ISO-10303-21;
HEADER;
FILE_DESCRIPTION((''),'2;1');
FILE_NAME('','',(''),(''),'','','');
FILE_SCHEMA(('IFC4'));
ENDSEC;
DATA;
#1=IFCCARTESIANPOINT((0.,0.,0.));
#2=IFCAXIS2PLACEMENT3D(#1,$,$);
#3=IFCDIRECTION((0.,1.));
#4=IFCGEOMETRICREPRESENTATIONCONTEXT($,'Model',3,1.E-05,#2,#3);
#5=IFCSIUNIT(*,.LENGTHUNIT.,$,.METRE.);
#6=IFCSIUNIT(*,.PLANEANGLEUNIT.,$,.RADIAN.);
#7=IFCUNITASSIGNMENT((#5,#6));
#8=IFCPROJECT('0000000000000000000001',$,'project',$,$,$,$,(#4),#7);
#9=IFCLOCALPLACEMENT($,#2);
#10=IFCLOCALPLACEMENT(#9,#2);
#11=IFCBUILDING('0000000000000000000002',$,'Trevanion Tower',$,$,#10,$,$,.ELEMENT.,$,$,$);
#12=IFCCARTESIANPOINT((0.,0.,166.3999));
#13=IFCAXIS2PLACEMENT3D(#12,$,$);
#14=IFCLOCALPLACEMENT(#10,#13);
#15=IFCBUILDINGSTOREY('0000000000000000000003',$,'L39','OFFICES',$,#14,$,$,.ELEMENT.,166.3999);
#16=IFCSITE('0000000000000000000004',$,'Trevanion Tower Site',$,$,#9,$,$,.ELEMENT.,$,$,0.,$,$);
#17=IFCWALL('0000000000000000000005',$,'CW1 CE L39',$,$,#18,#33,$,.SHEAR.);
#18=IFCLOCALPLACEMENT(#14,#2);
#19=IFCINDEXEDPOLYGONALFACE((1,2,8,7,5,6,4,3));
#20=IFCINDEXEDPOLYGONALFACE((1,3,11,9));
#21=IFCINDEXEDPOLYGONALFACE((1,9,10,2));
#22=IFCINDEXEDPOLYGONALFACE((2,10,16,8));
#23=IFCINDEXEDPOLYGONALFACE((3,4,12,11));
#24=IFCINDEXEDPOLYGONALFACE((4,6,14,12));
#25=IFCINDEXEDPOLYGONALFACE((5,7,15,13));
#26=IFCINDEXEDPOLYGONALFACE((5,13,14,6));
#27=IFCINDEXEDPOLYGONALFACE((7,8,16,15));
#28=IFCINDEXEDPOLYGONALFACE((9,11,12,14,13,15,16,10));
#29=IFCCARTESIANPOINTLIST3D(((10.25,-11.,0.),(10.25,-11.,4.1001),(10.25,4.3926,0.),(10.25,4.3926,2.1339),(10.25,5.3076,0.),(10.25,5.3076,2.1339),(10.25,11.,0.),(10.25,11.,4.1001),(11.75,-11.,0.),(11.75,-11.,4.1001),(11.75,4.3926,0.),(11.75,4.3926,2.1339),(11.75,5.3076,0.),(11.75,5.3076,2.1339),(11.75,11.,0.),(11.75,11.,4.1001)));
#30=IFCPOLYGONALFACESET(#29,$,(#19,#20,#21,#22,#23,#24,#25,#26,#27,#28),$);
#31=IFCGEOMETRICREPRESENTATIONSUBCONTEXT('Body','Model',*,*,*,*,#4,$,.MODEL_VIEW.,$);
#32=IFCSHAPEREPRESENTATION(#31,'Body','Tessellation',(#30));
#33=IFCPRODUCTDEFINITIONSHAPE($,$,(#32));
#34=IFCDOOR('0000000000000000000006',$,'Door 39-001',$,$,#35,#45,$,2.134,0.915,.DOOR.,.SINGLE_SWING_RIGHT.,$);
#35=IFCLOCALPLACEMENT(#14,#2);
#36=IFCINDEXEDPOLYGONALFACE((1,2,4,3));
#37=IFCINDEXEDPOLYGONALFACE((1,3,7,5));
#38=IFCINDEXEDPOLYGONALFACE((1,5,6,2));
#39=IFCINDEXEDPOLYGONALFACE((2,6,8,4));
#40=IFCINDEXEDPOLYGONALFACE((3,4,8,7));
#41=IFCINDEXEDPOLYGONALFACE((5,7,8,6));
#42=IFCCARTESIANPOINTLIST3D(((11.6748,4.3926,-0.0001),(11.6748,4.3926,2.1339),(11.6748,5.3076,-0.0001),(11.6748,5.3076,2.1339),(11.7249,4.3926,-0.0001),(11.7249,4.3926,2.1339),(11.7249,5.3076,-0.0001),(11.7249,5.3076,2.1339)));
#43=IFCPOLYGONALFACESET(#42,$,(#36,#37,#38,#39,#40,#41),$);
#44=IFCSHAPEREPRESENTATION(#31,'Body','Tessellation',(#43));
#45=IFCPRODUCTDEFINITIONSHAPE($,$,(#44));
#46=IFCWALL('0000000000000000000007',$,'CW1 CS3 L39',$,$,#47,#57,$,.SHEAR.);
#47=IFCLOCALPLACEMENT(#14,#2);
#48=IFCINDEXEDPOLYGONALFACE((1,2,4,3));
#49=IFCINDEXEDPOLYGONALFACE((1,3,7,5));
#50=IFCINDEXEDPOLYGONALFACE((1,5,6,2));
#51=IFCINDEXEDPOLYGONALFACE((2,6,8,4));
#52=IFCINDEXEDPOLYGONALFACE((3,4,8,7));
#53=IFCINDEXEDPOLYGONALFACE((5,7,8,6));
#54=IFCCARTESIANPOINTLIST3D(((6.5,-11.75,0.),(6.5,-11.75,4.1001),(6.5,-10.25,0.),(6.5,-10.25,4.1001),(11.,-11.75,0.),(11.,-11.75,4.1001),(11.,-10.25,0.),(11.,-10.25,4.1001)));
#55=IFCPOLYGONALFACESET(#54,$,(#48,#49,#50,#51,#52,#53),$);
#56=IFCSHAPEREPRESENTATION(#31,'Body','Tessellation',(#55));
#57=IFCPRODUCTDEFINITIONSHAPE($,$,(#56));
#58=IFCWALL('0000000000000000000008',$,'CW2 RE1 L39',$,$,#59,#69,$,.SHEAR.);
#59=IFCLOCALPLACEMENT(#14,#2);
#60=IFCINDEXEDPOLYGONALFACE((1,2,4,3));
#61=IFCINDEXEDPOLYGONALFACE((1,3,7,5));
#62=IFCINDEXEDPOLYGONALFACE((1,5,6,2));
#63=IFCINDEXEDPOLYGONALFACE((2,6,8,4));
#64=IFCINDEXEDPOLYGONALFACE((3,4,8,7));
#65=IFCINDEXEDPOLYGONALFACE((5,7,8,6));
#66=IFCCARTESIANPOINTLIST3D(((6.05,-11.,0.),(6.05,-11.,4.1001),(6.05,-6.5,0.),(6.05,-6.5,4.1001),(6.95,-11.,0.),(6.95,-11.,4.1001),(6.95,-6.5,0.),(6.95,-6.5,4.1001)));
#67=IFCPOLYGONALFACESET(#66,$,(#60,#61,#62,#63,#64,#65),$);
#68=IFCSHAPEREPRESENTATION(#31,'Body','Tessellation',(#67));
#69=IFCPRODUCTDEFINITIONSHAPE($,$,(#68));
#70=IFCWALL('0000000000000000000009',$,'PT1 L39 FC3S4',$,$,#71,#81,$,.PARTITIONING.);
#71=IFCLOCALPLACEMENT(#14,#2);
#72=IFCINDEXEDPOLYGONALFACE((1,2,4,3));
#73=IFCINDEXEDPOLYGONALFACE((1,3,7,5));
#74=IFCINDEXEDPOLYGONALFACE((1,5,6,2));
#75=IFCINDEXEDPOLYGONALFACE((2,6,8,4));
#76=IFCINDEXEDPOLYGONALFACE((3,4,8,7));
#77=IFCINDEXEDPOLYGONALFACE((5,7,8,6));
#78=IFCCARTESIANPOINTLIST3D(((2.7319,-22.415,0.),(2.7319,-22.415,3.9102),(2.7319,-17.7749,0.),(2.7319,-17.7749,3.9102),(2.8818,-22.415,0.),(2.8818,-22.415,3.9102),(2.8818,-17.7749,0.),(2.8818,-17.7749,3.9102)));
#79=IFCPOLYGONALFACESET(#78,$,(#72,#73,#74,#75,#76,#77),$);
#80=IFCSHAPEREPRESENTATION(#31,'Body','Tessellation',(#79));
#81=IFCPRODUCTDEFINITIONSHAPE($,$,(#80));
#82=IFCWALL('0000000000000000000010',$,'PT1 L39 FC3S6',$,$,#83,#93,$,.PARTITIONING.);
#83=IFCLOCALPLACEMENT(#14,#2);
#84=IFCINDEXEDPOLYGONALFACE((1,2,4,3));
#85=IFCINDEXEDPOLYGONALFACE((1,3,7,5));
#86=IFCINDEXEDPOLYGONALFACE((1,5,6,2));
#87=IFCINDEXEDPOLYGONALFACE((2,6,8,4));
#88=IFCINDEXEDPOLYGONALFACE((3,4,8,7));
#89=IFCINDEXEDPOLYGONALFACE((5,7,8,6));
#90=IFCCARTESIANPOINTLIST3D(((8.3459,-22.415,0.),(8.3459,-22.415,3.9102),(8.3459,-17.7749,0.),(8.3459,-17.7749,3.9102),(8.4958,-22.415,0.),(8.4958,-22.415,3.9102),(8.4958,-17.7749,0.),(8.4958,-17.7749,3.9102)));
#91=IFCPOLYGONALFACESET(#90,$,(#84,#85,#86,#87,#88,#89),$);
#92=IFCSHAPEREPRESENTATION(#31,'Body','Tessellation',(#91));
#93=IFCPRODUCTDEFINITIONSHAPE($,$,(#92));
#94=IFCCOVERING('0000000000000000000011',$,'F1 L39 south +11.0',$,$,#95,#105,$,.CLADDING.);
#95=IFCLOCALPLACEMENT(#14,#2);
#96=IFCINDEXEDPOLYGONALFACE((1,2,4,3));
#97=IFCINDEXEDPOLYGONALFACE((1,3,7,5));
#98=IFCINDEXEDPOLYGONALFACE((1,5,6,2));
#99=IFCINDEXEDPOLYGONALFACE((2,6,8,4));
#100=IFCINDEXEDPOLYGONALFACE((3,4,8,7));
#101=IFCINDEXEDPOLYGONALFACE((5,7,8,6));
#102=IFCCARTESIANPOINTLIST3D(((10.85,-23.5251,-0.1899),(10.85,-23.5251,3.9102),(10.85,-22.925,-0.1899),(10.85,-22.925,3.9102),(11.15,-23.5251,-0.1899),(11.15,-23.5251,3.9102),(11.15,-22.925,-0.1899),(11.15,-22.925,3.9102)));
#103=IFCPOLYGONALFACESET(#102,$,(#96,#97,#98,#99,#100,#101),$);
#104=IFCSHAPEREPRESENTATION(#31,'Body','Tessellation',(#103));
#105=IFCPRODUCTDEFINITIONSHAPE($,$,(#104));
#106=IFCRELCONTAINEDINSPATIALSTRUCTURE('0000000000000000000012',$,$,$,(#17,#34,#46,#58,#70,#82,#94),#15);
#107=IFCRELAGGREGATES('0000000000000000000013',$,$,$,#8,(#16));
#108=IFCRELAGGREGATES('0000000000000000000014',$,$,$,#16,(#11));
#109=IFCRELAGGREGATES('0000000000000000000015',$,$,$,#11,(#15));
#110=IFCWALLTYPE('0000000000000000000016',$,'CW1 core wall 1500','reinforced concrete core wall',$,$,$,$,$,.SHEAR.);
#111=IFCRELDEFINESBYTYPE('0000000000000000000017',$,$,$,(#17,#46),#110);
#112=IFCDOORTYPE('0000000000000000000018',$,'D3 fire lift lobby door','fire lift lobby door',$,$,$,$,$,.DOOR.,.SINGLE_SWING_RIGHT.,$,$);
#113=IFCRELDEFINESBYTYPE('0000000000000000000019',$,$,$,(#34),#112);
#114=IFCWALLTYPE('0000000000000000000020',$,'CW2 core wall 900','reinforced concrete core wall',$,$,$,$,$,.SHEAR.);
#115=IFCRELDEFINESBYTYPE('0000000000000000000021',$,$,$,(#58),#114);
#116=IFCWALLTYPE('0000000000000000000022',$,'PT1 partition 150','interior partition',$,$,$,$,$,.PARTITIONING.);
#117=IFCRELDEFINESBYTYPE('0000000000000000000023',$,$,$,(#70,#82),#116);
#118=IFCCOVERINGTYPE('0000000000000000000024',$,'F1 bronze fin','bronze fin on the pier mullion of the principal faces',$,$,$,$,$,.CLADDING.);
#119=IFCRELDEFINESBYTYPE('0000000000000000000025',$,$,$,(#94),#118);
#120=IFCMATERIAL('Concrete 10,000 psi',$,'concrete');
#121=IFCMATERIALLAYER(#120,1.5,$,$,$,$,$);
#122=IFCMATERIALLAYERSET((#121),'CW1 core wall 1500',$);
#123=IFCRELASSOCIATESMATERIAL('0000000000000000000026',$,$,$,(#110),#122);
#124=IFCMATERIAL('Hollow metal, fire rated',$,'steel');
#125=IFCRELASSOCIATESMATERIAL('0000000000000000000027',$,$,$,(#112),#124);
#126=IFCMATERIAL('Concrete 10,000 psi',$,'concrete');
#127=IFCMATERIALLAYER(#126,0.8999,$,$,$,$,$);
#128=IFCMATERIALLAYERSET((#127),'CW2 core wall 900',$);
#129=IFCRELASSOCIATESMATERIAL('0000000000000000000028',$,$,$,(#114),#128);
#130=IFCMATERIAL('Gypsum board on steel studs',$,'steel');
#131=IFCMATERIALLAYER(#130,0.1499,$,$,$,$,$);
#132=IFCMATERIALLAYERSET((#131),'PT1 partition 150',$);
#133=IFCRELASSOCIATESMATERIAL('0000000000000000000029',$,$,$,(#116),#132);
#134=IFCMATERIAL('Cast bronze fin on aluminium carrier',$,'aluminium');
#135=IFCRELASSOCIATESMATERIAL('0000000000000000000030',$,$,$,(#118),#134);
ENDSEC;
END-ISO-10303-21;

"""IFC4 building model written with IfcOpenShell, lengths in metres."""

from ifc_helpers import new_model, si_unit, direction, frame, frame_2d, origin, origin_2d, place, context, subcontext, project, spatial, rectangle, extrude, material, layer, layer_set, type_object, element, fill, save


model = new_model("IFC4")

# Units and contexts
model_context = context("Model", 3, precision=1e-05, world=origin(), true_north=direction((0.0, 1.0)))
body_context = subcontext(model_context, "Body", "Model", "MODEL_VIEW")
ifc_project = project(units=[si_unit("LENGTHUNIT", "METRE"), si_unit("PLANEANGLEUNIT", "RADIAN")], contexts=[model_context])

# Site, building, storey
site_placement = place(None, origin())
site = spatial("IfcSite", under=ifc_project, at=site_placement, Name="Trevanion Tower Site", CompositionType="ELEMENT", RefElevation=0.0)
building_placement = place(site_placement, origin())
building = spatial("IfcBuilding", under=site, at=building_placement, Name="Trevanion Tower", CompositionType="ELEMENT")
storey_placement = place(building_placement, frame((0.0, 0.0, 166.3999)))
storey = spatial("IfcBuildingStorey", under=building, at=storey_placement, Name="L39", Description="OFFICES", CompositionType="ELEMENT", Elevation=166.3999)

# Wall, opening, door
ifc_material_1 = material(Name="Concrete 10,000 psi", Category="concrete")
ifc_layer_1 = layer(ifc_material_1, 1.5)
ifc_layer_set_1 = layer_set([ifc_layer_1], Name="CW1 core wall 1500")
wall_type_1 = type_object("IfcWallType", Name="CW1 core wall 1500", Description="reinforced concrete core wall", PredefinedType="SHEAR", material=ifc_layer_set_1)
wall_1_placement = place(storey_placement, frame((11.0, -11.0, 0.0), z_axis=(0.0, 0.0, 1.0), x_axis=(0.0, 1.0, 0.0)))
wall_1 = element("IfcWall", 1, at=wall_1_placement, inside=storey, type_object=wall_type_1, Name="CW1 CE L39", PredefinedType="SHEAR", context=body_context, shape_type="SweptSolid", body=[
    extrude(rectangle(XDim=22.0, YDim=1.5, at=frame_2d((11.0, 0.0))), origin(), (0.0, 0.0, 1.0), 4.1001),
])
opening_placement = place(wall_1_placement, frame((15.3926, 0.0, 0.0)))
opening = element("IfcOpeningElement", 2, at=opening_placement, cuts=wall_1, PredefinedType="OPENING", context=body_context, shape_type="SweptSolid", body=[
    extrude(rectangle(XDim=0.915, YDim=2.134, at=frame_2d((0.4575, 1.0669))), frame((0.0, 0.76, 0.0), z_axis=(0.0, -1.0, 0.0), x_axis=(1.0, 0.0, 0.0)), (0.0, 0.0, 1.0), 1.52),
])
ifc_material_2 = material(Name="Hollow metal, fire rated", Category="steel")
door_type = type_object("IfcDoorType", Name="D3 fire lift lobby door", Description="fire lift lobby door", OperationType="SINGLE_SWING_RIGHT", PredefinedType="DOOR", material=ifc_material_2)
door_placement = place(opening_placement, origin())
door = element("IfcDoor", 3, at=door_placement, inside=storey, type_object=door_type, Name="Door 39-001", OperationType="SINGLE_SWING_RIGHT", OverallHeight=2.134, OverallWidth=0.915, PredefinedType="DOOR", context=body_context, shape_type="SweptSolid", body=[
    extrude(rectangle(XDim=0.915, YDim=2.134, at=frame_2d((0.4575, 1.0669))), frame((0.0, -0.6748, 0.0), z_axis=(0.0, -1.0, 0.0), x_axis=(1.0, 0.0, 0.0)), (0.0, 0.0, 1.0), 0.05),
])
fill(opening, door)

# Walls
wall_2_placement = place(storey_placement, frame((6.5, -11.0, 0.0), z_axis=(0.0, 0.0, 1.0), x_axis=(1.0, 0.0, 0.0)))
element("IfcWall", 4, at=wall_2_placement, inside=storey, type_object=wall_type_1, Name="CW1 CS3 L39", PredefinedType="SHEAR", context=body_context, shape_type="SweptSolid", body=[
    extrude(rectangle(XDim=4.5, YDim=1.5, at=frame_2d((2.25, 0.0))), origin(), (0.0, 0.0, 1.0), 4.1001),
])
ifc_material_3 = material(Name="Concrete 10,000 psi", Category="concrete")
ifc_layer_2 = layer(ifc_material_3, 0.8999)
ifc_layer_set_2 = layer_set([ifc_layer_2], Name="CW2 core wall 900")
wall_type_2 = type_object("IfcWallType", Name="CW2 core wall 900", Description="reinforced concrete core wall", PredefinedType="SHEAR", material=ifc_layer_set_2)
wall_3_placement = place(storey_placement, frame((6.5, -11.0, 0.0), z_axis=(0.0, 0.0, 1.0), x_axis=(0.0, 1.0, 0.0)))
element("IfcWall", 5, at=wall_3_placement, inside=storey, type_object=wall_type_2, Name="CW2 RE1 L39", PredefinedType="SHEAR", context=body_context, shape_type="SweptSolid", body=[
    extrude(rectangle(XDim=4.5, YDim=0.8999, at=frame_2d((2.25, 0.0))), origin(), (0.0, 0.0, 1.0), 4.1001),
])
ifc_material_4 = material(Name="Gypsum board on steel studs", Category="steel")
ifc_layer_3 = layer(ifc_material_4, 0.1499)
ifc_layer_set_3 = layer_set([ifc_layer_3], Name="PT1 partition 150")
wall_type_3 = type_object("IfcWallType", Name="PT1 partition 150", Description="interior partition", PredefinedType="PARTITIONING", material=ifc_layer_set_3)
for number, where, z_axis, x_axis, name in (
    (6, (2.8069, -17.7749, 0.0), (0.0, 0.0, 1.0), (0.0, -1.0, 0.0), "PT1 L39 FC3S4"),
    (7, (8.4209, -17.7749, 0.0), (0.0, 0.0, 1.0), (0.0, -1.0, 0.0), "PT1 L39 FC3S6"),
):
    element("IfcWall", number, at=place(storey_placement, frame(where, z_axis=z_axis, x_axis=x_axis)), inside=storey, type_object=wall_type_3, Name=name, PredefinedType="PARTITIONING", context=body_context, shape_type="SweptSolid", body=[
        extrude(rectangle(XDim=4.6401, YDim=0.1499, at=frame_2d((2.3201, 0.0))), origin(), (0.0, 0.0, 1.0), 3.9102),
    ])

# Covering
ifc_material_5 = material(Name="Cast bronze fin on aluminium carrier", Category="aluminium")
covering_type = type_object("IfcCoveringType", Name="F1 bronze fin", Description="bronze fin on the pier mullion of the principal faces", PredefinedType="CLADDING", material=ifc_material_5)
covering_placement = place(storey_placement, frame((11.0, -23.2251, -0.1899), z_axis=(0.0, 0.0, 1.0), x_axis=(1.0, 0.0, 0.0)))
element("IfcCovering", 8, at=covering_placement, inside=storey, type_object=covering_type, Name="F1 L39 south +11.0", PredefinedType="CLADDING", context=body_context, shape_type="SweptSolid", body=[
    extrude(rectangle(XDim=0.3, YDim=0.6001, at=origin_2d()), origin(), (0.0, 0.0, 1.0), 4.1001),
])

save(model, "model.ifc")
